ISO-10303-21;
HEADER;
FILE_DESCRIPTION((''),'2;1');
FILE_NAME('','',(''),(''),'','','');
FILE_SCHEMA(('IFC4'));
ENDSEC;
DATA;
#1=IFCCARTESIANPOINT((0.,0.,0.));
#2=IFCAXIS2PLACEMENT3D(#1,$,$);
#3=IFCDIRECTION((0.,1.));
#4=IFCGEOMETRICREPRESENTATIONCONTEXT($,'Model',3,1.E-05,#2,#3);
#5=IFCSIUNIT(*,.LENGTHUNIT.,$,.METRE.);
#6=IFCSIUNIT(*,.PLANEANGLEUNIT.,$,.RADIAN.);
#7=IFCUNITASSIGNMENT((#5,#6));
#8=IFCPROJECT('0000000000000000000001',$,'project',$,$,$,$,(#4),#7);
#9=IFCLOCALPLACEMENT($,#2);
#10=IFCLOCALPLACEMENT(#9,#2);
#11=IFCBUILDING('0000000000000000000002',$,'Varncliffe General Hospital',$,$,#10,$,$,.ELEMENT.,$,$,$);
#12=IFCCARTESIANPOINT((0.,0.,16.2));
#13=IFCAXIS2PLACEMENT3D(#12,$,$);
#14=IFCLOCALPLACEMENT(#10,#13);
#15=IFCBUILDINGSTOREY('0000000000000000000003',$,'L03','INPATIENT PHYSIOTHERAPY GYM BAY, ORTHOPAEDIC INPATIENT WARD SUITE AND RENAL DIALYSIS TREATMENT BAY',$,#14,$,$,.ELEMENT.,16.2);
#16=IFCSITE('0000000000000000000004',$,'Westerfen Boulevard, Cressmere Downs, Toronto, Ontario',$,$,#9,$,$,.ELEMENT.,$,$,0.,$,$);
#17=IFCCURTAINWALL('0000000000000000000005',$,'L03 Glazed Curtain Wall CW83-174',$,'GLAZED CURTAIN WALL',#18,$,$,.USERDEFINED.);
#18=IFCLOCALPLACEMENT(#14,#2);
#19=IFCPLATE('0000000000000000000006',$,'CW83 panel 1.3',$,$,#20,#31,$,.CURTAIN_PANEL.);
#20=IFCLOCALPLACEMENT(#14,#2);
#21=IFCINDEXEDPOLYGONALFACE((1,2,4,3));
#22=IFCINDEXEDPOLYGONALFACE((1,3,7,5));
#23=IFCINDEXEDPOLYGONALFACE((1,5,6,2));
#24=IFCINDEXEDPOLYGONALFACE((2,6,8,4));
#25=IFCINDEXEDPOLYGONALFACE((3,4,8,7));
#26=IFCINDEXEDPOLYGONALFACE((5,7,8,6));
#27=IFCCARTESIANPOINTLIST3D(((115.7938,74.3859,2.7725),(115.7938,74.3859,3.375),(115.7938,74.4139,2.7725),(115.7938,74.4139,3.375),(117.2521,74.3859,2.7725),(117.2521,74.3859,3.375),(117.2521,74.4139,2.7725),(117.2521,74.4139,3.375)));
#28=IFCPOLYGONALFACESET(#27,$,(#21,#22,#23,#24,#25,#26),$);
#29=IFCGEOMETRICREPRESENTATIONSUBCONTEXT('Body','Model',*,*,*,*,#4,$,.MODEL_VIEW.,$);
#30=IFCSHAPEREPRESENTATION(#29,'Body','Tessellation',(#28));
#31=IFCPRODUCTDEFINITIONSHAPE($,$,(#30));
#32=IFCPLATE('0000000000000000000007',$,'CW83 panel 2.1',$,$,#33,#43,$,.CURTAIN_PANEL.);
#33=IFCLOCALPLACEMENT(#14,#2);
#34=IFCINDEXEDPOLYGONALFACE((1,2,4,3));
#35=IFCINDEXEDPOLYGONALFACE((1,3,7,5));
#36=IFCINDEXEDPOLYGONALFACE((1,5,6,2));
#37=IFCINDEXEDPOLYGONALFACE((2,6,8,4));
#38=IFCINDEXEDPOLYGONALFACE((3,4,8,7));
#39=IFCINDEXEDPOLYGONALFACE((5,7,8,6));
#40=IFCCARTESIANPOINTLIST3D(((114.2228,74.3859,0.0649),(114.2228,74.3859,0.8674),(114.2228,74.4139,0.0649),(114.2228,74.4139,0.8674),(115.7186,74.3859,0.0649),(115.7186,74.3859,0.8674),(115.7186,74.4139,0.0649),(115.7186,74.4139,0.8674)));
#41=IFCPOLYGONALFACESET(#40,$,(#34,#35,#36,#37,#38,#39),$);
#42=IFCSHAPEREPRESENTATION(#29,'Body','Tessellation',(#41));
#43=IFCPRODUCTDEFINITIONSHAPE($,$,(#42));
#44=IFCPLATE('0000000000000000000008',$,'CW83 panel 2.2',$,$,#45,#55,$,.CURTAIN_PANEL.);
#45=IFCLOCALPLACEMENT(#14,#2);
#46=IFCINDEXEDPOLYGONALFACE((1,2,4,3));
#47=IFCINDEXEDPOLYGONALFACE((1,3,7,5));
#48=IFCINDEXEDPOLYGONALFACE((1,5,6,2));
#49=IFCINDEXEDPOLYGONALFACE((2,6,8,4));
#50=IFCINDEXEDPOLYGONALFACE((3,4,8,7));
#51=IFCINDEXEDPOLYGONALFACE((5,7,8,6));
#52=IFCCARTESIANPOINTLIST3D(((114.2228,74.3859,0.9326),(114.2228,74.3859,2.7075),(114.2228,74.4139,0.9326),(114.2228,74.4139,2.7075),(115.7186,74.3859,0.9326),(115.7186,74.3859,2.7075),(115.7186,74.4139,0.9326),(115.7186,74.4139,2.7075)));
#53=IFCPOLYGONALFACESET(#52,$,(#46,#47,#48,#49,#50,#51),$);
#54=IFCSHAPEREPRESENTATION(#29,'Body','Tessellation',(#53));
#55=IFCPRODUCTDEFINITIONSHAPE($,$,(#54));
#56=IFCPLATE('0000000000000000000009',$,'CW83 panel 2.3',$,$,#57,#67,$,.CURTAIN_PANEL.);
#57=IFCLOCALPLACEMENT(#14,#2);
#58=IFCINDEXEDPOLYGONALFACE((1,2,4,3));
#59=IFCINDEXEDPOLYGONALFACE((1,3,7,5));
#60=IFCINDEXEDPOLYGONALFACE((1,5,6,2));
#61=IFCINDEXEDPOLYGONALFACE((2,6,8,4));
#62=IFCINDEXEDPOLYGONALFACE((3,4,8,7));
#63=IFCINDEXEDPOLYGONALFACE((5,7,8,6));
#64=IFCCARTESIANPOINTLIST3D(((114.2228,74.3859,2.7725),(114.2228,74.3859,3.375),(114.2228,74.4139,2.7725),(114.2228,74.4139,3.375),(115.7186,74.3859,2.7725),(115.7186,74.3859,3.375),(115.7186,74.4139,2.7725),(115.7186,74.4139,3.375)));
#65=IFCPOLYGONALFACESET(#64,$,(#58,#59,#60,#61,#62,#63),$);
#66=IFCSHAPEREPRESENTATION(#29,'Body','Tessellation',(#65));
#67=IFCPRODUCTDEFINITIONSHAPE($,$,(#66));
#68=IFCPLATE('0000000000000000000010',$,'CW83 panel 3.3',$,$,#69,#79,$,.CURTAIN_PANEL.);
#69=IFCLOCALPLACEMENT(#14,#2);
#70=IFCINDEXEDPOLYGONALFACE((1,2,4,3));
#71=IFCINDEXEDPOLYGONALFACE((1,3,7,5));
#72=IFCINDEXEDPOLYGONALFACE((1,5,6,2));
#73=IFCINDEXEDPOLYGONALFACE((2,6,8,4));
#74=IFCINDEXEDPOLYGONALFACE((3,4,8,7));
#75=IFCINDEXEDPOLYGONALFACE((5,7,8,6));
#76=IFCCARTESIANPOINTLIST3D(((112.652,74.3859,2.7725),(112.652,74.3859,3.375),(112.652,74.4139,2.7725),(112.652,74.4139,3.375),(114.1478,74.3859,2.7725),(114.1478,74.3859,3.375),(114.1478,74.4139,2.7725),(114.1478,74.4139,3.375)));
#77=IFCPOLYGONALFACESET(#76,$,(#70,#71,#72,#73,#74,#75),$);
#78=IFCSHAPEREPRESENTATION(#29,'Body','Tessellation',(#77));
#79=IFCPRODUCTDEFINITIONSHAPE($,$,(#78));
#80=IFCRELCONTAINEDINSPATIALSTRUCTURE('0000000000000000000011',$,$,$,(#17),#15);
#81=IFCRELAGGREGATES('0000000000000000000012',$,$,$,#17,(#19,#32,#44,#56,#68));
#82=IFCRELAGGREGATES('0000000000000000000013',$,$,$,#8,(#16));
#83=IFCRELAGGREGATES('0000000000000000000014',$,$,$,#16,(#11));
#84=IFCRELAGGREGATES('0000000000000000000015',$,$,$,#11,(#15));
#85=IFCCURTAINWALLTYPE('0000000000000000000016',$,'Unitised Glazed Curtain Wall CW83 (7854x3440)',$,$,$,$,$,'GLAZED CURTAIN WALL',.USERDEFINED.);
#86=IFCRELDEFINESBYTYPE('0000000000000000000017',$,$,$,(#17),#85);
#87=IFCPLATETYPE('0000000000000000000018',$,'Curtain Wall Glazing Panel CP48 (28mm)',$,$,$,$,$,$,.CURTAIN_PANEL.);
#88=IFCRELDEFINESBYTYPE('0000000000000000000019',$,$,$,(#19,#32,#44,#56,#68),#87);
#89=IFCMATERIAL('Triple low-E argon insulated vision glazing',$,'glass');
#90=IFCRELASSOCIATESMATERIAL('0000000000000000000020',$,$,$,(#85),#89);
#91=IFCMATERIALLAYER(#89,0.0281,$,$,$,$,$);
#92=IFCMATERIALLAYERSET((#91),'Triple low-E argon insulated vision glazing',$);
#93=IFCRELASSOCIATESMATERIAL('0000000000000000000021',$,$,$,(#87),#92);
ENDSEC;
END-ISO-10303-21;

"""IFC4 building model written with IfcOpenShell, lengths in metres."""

from ifc_helpers import new_model, si_unit, direction, frame, origin, origin_2d, place, context, subcontext, project, spatial, rectangle, extrude, material, layer, layer_set, type_object, element, aggregate, save


model = new_model("IFC4")

# Units and contexts
model_context = context("Model", 3, precision=1e-05, world=origin(), true_north=direction((0.0, 1.0)))
body_context = subcontext(model_context, "Body", "Model", "MODEL_VIEW")
ifc_project = project(units=[si_unit("LENGTHUNIT", "METRE"), si_unit("PLANEANGLEUNIT", "RADIAN")], contexts=[model_context])

# Site, building, storey
site_placement = place(None, origin())
site = spatial("IfcSite", under=ifc_project, at=site_placement, Name="Westerfen Boulevard, Cressmere Downs, Toronto, Ontario", CompositionType="ELEMENT", RefElevation=0.0)
building_placement = place(site_placement, origin())
building = spatial("IfcBuilding", under=site, at=building_placement, Name="Varncliffe General Hospital", CompositionType="ELEMENT")
storey_placement = place(building_placement, frame((0.0, 0.0, 16.2)))
storey = spatial("IfcBuildingStorey", under=building, at=storey_placement, Name="L03", Description="INPATIENT PHYSIOTHERAPY GYM BAY, ORTHOPAEDIC INPATIENT WARD SUITE AND RENAL DIALYSIS TREATMENT BAY", CompositionType="ELEMENT", Elevation=16.2)

# Curtain wall, plates
ifc_material_1 = material(Name="Triple low-E argon insulated vision glazing", Category="glass")
curtain_wall_type = type_object("IfcCurtainWallType", Name="Unitised Glazed Curtain Wall CW83 (7854x3440)", ElementType="GLAZED CURTAIN WALL", PredefinedType="USERDEFINED", material=ifc_material_1)
curtain_wall_placement = place(storey_placement, origin())
curtain_wall = element("IfcCurtainWall", 1, at=curtain_wall_placement, inside=storey, type_object=curtain_wall_type, Name="L03 Glazed Curtain Wall CW83-174", ObjectType="GLAZED CURTAIN WALL", PredefinedType="USERDEFINED")
ifc_layer = layer(ifc_material_1, 0.0281)
ifc_layer_set = layer_set([ifc_layer], Name="Triple low-E argon insulated vision glazing")
plate_type = type_object("IfcPlateType", Name="Curtain Wall Glazing Panel CP48 (28mm)", PredefinedType="CURTAIN_PANEL", material=ifc_layer_set)
plate_1_placement = place(storey_placement, frame((116.5229, 74.3999, 2.7725), z_axis=(0.0, 0.0, 1.0), x_axis=(-1.0, 0.0, 0.0)))
plate_1 = element("IfcPlate", 2, at=plate_1_placement, type_object=plate_type, Name="CW83 panel 1.3", PredefinedType="CURTAIN_PANEL", context=body_context, shape_type="SweptSolid", body=[
    extrude(rectangle(XDim=1.4583, YDim=0.0281, at=origin_2d()), origin(), (0.0, 0.0, 1.0), 0.6025),
])
plate_2_placement = place(storey_placement, frame((114.9707, 74.3999, 0.0649), z_axis=(0.0, 0.0, 1.0), x_axis=(-1.0, 0.0, 0.0)))
plate_2 = element("IfcPlate", 3, at=plate_2_placement, type_object=plate_type, Name="CW83 panel 2.1", PredefinedType="CURTAIN_PANEL", context=body_context, shape_type="SweptSolid", body=[
    extrude(rectangle(XDim=1.4958, YDim=0.0281, at=origin_2d()), origin(), (0.0, 0.0, 1.0), 0.8025),
])
plate_3_placement = place(storey_placement, frame((114.9707, 74.3999, 0.9326), z_axis=(0.0, 0.0, 1.0), x_axis=(-1.0, 0.0, 0.0)))
plate_3 = element("IfcPlate", 4, at=plate_3_placement, type_object=plate_type, Name="CW83 panel 2.2", PredefinedType="CURTAIN_PANEL", context=body_context, shape_type="SweptSolid", body=[
    extrude(rectangle(XDim=1.4958, YDim=0.0281, at=origin_2d()), origin(), (0.0, 0.0, 1.0), 1.7749),
])
plate_4_placement = place(storey_placement, frame((114.9707, 74.3999, 2.7725), z_axis=(0.0, 0.0, 1.0), x_axis=(-1.0, 0.0, 0.0)))
plate_4 = element("IfcPlate", 5, at=plate_4_placement, type_object=plate_type, Name="CW83 panel 2.3", PredefinedType="CURTAIN_PANEL", context=body_context, shape_type="SweptSolid", body=[
    extrude(rectangle(XDim=1.4958, YDim=0.0281, at=origin_2d()), origin(), (0.0, 0.0, 1.0), 0.6025),
])
plate_5_placement = place(storey_placement, frame((113.3999, 74.3999, 2.7725), z_axis=(0.0, 0.0, 1.0), x_axis=(-1.0, 0.0, 0.0)))
plate_5 = element("IfcPlate", 6, at=plate_5_placement, type_object=plate_type, Name="CW83 panel 3.3", PredefinedType="CURTAIN_PANEL", context=body_context, shape_type="SweptSolid", body=[
    extrude(rectangle(XDim=1.4958, YDim=0.0281, at=origin_2d()), origin(), (0.0, 0.0, 1.0), 0.6025),
])
aggregate(curtain_wall, [plate_1, plate_2, plate_3, plate_4, plate_5])

save(model, "model.ifc")
